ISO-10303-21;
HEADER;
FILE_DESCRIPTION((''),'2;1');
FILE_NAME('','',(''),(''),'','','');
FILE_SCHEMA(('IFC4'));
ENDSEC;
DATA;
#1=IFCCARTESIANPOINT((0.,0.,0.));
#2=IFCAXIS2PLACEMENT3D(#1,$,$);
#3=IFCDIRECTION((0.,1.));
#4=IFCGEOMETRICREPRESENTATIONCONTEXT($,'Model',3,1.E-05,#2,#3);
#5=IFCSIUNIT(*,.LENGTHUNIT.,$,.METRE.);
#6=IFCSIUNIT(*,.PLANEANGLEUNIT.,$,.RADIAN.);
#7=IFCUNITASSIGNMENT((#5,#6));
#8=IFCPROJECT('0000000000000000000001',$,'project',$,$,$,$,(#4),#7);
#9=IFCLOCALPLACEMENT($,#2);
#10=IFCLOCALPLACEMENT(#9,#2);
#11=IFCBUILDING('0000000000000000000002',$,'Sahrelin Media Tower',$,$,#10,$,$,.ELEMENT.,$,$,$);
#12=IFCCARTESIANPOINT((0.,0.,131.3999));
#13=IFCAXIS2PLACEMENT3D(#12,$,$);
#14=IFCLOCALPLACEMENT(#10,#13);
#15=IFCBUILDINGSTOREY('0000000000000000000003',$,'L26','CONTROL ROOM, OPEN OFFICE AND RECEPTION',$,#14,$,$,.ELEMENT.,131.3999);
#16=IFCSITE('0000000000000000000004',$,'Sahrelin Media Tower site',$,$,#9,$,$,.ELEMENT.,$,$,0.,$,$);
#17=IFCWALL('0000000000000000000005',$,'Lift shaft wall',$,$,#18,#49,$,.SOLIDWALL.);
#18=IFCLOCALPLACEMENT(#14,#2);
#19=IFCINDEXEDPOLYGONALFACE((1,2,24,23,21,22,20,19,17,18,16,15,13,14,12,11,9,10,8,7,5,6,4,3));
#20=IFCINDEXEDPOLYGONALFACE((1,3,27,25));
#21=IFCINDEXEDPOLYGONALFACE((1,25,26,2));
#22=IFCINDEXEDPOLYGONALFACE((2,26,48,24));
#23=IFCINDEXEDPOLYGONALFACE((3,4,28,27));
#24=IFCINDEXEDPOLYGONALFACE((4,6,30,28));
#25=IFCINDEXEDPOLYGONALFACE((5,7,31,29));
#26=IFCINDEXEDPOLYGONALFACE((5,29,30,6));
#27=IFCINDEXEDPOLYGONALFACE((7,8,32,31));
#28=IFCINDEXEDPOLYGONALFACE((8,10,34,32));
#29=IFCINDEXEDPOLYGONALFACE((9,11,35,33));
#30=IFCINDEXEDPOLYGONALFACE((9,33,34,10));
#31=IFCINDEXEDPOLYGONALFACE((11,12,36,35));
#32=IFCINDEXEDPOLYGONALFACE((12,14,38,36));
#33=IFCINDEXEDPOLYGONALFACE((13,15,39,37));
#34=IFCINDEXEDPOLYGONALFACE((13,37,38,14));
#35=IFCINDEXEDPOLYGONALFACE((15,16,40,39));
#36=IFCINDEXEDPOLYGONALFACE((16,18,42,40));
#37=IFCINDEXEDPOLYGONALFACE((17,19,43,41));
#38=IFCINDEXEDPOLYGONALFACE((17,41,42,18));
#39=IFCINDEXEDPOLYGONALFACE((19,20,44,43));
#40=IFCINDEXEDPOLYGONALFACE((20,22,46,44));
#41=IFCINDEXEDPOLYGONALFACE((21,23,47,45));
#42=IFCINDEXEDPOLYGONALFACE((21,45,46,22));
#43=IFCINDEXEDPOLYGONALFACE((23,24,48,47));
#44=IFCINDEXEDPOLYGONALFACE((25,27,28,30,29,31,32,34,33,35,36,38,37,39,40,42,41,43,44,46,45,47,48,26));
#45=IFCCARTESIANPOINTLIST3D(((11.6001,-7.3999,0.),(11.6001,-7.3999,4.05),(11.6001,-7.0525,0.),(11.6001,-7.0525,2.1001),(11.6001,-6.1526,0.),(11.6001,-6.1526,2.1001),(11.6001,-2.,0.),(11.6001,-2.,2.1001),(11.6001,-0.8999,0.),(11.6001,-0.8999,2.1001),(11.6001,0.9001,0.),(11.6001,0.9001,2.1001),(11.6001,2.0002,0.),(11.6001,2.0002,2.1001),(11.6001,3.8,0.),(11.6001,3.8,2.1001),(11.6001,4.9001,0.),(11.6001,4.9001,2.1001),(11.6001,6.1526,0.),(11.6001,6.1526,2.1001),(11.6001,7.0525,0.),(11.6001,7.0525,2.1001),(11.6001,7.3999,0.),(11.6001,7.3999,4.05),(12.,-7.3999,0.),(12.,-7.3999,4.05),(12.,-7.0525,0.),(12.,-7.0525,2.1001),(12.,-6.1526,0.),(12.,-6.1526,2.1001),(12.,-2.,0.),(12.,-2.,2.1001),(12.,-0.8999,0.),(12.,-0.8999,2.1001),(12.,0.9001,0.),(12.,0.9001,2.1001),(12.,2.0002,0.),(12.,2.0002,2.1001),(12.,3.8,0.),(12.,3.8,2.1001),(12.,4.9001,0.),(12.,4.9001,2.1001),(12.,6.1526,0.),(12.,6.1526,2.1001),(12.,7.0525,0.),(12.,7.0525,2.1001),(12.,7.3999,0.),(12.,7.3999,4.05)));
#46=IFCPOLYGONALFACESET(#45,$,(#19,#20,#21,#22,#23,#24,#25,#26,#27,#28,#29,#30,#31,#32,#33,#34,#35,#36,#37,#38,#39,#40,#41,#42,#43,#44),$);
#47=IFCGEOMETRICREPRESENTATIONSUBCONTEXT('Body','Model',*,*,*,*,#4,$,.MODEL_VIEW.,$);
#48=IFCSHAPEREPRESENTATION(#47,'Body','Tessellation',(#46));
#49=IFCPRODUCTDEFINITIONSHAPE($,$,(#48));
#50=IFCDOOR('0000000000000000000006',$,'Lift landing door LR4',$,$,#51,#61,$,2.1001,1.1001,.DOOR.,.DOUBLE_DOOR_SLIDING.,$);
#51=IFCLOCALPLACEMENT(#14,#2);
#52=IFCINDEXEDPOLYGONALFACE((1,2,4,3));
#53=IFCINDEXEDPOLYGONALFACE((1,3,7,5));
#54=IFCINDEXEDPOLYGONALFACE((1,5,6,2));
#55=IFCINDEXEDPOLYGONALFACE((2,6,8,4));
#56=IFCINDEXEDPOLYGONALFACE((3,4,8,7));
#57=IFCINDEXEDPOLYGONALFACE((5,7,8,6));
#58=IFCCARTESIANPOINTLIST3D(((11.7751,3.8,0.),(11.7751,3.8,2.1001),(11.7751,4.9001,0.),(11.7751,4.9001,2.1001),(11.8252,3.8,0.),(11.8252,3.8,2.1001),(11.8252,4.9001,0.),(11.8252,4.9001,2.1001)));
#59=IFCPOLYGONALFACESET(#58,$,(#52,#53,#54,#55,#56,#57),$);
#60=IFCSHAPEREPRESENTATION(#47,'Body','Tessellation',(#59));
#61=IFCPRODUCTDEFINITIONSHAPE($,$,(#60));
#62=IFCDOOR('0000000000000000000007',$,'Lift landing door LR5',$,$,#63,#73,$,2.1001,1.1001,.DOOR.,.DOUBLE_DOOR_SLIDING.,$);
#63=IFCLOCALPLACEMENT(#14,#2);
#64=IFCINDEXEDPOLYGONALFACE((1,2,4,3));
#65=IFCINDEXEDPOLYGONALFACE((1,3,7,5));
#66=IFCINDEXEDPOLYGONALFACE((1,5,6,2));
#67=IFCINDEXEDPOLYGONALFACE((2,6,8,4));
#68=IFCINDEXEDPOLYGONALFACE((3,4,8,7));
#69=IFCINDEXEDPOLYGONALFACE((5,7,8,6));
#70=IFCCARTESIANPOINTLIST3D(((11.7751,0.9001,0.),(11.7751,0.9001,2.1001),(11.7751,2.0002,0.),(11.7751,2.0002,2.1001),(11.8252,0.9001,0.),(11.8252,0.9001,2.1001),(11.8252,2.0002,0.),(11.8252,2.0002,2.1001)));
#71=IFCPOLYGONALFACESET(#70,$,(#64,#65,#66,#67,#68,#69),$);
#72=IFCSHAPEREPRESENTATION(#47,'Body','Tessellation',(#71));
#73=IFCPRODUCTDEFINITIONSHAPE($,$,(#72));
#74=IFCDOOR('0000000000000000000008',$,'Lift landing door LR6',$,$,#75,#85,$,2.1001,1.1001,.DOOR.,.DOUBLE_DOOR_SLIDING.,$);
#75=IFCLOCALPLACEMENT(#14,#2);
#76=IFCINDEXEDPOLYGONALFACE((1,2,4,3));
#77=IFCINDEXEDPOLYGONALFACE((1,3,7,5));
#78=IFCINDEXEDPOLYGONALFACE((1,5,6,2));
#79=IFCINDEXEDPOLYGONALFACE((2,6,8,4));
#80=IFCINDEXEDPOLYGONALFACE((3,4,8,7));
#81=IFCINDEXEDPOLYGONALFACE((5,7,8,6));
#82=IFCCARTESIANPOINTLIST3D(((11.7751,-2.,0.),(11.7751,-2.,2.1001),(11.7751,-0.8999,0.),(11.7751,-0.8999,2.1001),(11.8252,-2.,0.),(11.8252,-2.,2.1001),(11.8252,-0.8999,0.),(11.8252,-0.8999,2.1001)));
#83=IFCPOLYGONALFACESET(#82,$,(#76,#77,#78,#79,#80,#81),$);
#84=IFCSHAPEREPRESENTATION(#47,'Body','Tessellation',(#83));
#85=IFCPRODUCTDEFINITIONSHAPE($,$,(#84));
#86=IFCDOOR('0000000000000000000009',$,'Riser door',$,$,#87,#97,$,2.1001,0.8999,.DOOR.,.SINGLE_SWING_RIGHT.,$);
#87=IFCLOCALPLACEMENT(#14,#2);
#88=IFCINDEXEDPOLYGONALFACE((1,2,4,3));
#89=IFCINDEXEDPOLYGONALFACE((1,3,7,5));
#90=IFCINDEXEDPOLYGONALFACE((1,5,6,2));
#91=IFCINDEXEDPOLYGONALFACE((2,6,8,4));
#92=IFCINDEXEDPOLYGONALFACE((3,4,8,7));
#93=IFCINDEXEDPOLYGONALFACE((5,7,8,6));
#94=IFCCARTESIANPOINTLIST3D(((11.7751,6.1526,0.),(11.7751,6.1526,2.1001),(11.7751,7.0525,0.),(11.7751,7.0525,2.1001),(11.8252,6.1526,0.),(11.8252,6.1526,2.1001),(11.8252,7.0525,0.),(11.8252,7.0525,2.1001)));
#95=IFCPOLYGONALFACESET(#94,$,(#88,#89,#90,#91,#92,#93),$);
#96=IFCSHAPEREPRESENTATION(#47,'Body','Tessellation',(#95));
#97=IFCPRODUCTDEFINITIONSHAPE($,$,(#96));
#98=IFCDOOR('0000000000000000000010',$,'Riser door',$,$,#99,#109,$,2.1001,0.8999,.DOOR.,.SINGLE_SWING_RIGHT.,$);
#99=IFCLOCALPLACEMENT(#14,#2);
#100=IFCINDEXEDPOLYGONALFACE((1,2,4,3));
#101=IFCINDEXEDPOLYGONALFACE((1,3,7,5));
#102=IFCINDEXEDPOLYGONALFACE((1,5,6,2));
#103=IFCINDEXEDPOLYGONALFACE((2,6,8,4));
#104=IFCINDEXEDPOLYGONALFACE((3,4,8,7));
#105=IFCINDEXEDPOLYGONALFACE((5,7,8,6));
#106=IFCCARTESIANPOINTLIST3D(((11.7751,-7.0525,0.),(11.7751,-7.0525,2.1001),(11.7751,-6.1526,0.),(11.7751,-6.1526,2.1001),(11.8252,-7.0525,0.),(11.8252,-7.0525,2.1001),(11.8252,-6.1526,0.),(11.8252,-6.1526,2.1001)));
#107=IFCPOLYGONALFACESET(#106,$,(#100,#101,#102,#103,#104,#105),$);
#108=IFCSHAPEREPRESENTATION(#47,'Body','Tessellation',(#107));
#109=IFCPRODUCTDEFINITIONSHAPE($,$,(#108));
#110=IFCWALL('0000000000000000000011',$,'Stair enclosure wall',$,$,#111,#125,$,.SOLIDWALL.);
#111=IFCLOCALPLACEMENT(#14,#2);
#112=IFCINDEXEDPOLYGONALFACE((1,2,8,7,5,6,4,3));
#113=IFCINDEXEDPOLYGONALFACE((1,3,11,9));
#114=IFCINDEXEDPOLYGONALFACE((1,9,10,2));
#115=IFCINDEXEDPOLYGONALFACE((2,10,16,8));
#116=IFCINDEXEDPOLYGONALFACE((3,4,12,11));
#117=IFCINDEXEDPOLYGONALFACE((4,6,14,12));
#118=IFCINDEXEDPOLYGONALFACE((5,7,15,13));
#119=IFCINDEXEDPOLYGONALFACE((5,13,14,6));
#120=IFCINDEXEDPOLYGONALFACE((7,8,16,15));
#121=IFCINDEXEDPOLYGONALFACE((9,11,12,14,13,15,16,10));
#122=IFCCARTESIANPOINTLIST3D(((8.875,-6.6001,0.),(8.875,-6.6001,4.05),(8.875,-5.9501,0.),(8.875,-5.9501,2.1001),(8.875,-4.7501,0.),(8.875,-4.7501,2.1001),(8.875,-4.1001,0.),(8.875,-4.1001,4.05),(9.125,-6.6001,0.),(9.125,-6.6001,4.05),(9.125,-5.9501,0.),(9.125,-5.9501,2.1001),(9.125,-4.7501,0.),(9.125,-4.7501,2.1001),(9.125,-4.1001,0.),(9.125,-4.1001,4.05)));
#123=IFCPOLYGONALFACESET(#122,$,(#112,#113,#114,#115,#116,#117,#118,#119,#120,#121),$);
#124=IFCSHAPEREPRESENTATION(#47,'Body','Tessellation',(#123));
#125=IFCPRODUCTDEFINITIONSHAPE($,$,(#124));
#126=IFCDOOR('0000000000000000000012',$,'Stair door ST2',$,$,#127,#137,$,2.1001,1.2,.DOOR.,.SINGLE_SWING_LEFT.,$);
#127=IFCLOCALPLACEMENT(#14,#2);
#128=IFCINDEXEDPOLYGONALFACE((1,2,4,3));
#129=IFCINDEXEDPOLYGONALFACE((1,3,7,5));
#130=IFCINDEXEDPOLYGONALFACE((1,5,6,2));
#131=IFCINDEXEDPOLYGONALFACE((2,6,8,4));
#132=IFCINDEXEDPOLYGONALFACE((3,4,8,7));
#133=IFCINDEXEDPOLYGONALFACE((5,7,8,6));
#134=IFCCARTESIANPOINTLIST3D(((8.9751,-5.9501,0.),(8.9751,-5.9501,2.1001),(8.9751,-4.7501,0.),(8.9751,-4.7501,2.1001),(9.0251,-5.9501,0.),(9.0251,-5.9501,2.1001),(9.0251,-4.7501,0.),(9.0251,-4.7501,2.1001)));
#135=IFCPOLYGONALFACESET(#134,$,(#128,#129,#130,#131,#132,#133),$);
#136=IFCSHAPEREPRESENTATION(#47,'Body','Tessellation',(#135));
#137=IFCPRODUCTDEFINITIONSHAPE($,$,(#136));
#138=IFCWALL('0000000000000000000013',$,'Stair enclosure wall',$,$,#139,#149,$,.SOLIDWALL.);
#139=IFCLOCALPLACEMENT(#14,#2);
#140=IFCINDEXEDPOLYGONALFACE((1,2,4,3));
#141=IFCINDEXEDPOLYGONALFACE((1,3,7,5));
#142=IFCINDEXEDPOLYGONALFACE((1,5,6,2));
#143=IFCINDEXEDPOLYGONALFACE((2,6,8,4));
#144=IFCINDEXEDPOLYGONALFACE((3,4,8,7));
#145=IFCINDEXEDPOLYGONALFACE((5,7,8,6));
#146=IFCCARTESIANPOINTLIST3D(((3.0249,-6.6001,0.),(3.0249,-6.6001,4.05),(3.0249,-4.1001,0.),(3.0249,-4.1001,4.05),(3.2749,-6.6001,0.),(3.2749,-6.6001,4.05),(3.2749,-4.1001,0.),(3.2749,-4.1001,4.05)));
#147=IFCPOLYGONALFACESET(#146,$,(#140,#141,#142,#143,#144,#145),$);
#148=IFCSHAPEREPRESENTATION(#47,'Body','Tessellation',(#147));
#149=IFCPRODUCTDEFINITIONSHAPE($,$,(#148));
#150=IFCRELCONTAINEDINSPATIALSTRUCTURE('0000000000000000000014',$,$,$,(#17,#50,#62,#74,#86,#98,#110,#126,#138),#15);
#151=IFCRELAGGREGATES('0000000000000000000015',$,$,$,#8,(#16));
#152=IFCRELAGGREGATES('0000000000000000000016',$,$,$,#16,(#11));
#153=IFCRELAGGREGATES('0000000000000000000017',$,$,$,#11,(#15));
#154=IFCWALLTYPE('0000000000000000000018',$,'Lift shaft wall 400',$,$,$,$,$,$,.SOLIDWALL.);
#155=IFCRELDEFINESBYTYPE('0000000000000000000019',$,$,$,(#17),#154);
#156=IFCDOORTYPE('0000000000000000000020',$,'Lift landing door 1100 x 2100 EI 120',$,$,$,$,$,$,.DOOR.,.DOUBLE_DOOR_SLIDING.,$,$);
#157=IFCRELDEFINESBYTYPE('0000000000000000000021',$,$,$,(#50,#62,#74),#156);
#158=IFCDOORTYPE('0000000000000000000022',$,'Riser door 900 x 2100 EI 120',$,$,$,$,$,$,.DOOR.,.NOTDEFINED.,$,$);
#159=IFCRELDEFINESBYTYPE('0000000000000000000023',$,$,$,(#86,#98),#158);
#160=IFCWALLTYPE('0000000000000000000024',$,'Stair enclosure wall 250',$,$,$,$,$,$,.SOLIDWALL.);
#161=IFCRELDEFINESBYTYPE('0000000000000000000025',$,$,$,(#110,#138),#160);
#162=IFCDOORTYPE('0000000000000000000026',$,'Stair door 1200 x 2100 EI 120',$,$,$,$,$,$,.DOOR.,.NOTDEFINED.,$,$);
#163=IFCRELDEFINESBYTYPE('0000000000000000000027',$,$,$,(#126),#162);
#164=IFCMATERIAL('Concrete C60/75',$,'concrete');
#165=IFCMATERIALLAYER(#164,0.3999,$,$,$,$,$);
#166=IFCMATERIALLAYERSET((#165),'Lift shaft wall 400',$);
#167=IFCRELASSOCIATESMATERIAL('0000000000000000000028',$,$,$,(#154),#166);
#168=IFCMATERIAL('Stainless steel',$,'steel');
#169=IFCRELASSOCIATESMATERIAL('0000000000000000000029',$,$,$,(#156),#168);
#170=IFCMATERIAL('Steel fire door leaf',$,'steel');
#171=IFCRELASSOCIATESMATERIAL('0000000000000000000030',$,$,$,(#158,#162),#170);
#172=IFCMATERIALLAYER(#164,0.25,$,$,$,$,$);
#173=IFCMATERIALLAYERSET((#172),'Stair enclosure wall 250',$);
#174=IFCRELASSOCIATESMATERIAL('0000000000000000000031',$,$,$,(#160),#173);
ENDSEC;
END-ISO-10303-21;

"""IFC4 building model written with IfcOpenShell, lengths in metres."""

from ifc_helpers import new_model, si_unit, direction, frame, frame_2d, origin, place, context, subcontext, project, spatial, rectangle, extrude, material, layer, layer_set, type_object, element, fill, save


model = new_model("IFC4")

# Units and contexts
model_context = context("Model", 3, precision=1e-05, world=origin(), true_north=direction((0.0, 1.0)))
body_context = subcontext(model_context, "Body", "Model", "MODEL_VIEW")
ifc_project = project(units=[si_unit("LENGTHUNIT", "METRE"), si_unit("PLANEANGLEUNIT", "RADIAN")], contexts=[model_context])

# Site, building, storey
site_placement = place(None, origin())
site = spatial("IfcSite", under=ifc_project, at=site_placement, Name="Sahrelin Media Tower site", CompositionType="ELEMENT", RefElevation=0.0)
building_placement = place(site_placement, origin())
building = spatial("IfcBuilding", under=site, at=building_placement, Name="Sahrelin Media Tower", CompositionType="ELEMENT")
storey_placement = place(building_placement, frame((0.0, 0.0, 131.3999)))
storey = spatial("IfcBuildingStorey", under=building, at=storey_placement, Name="L26", Description="CONTROL ROOM, OPEN OFFICE AND RECEPTION", CompositionType="ELEMENT", Elevation=131.3999)

# Shared definitions
ifc_material_1 = material(Name="Concrete C60/75", Category="concrete")

# Wall, openings, doors
ifc_layer_1 = layer(ifc_material_1, 0.3999)
ifc_layer_set_1 = layer_set([ifc_layer_1], Name="Lift shaft wall 400")
wall_type_1 = type_object("IfcWallType", Name="Lift shaft wall 400", PredefinedType="SOLIDWALL", material=ifc_layer_set_1)
wall_1_placement = place(storey_placement, frame((11.8, -7.3999, 0.0), z_axis=(0.0, 0.0, 1.0), x_axis=(0.0, 1.0, 0.0)))
wall_1 = element("IfcWall", 1, at=wall_1_placement, inside=storey, type_object=wall_type_1, Name="Lift shaft wall", PredefinedType="SOLIDWALL", context=body_context, shape_type="SweptSolid", body=[
    extrude(rectangle(XDim=14.7998, YDim=0.3999, at=frame_2d((7.3999, 0.0))), origin(), (0.0, 0.0, 1.0), 4.05),
])
opening_1_placement = place(wall_1_placement, frame((11.2, 0.0, 0.0)))
opening_1 = element("IfcOpeningElement", 2, at=opening_1_placement, cuts=wall_1, PredefinedType="OPENING", context=body_context, shape_type="SweptSolid", body=[
    extrude(rectangle(XDim=1.1001, YDim=2.1001, at=frame_2d((0.55, 1.05))), frame((0.0, 0.2, 0.0), z_axis=(0.0, -1.0, 0.0), x_axis=(1.0, 0.0, 0.0)), (0.0, 0.0, 1.0), 0.3999),
])
opening_2_placement = place(wall_1_placement, frame((8.3, 0.0, 0.0)))
opening_2 = element("IfcOpeningElement", 3, at=opening_2_placement, cuts=wall_1, PredefinedType="OPENING", context=body_context, shape_type="SweptSolid", body=[
    extrude(rectangle(XDim=1.1001, YDim=2.1001, at=frame_2d((0.55, 1.05))), frame((0.0, 0.2, 0.0), z_axis=(0.0, -1.0, 0.0), x_axis=(1.0, 0.0, 0.0)), (0.0, 0.0, 1.0), 0.3999),
])
opening_3_placement = place(wall_1_placement, frame((5.3999, 0.0, 0.0)))
opening_3 = element("IfcOpeningElement", 4, at=opening_3_placement, cuts=wall_1, PredefinedType="OPENING", context=body_context, shape_type="SweptSolid", body=[
    extrude(rectangle(XDim=1.1001, YDim=2.1001, at=frame_2d((0.55, 1.05))), frame((0.0, 0.2, 0.0), z_axis=(0.0, -1.0, 0.0), x_axis=(1.0, 0.0, 0.0)), (0.0, 0.0, 1.0), 0.3999),
])
opening_4_placement = place(wall_1_placement, frame((13.5525, 0.0, 0.0)))
opening_4 = element("IfcOpeningElement", 5, at=opening_4_placement, cuts=wall_1, PredefinedType="OPENING", context=body_context, shape_type="SweptSolid", body=[
    extrude(rectangle(XDim=0.8999, YDim=2.1001, at=frame_2d((0.45, 1.05))), frame((0.0, 0.2, 0.0), z_axis=(0.0, -1.0, 0.0), x_axis=(1.0, 0.0, 0.0)), (0.0, 0.0, 1.0), 0.3999),
])
opening_5_placement = place(wall_1_placement, frame((0.3474, 0.0, 0.0)))
opening_5 = element("IfcOpeningElement", 6, at=opening_5_placement, cuts=wall_1, PredefinedType="OPENING", context=body_context, shape_type="SweptSolid", body=[
    extrude(rectangle(XDim=0.8999, YDim=2.1001, at=frame_2d((0.45, 1.05))), frame((0.0, 0.2, 0.0), z_axis=(0.0, -1.0, 0.0), x_axis=(1.0, 0.0, 0.0)), (0.0, 0.0, 1.0), 0.3999),
])
ifc_material_2 = material(Name="Stainless steel", Category="steel")
door_type_1 = type_object("IfcDoorType", Name="Lift landing door 1100 x 2100 EI 120", OperationType="DOUBLE_DOOR_SLIDING", PredefinedType="DOOR", material=ifc_material_2)
door_1_placement = place(opening_1_placement, origin())
door_1 = element("IfcDoor", 7, at=door_1_placement, inside=storey, type_object=door_type_1, Name="Lift landing door LR4", OperationType="DOUBLE_DOOR_SLIDING", OverallHeight=2.1001, OverallWidth=1.1001, PredefinedType="DOOR", context=body_context, shape_type="SweptSolid", body=[
    extrude(rectangle(XDim=1.1001, YDim=2.1001, at=frame_2d((0.55, 1.05))), frame((0.0, 0.0249, 0.0), z_axis=(0.0, -1.0, 0.0), x_axis=(1.0, 0.0, 0.0)), (0.0, 0.0, 1.0), 0.05),
])
fill(opening_1, door_1)
door_2_placement = place(opening_2_placement, origin())
door_2 = element("IfcDoor", 8, at=door_2_placement, inside=storey, type_object=door_type_1, Name="Lift landing door LR5", OperationType="DOUBLE_DOOR_SLIDING", OverallHeight=2.1001, OverallWidth=1.1001, PredefinedType="DOOR", context=body_context, shape_type="SweptSolid", body=[
    extrude(rectangle(XDim=1.1001, YDim=2.1001, at=frame_2d((0.55, 1.05))), frame((0.0, 0.0249, 0.0), z_axis=(0.0, -1.0, 0.0), x_axis=(1.0, 0.0, 0.0)), (0.0, 0.0, 1.0), 0.05),
])
fill(opening_2, door_2)
door_3_placement = place(opening_3_placement, origin())
door_3 = element("IfcDoor", 9, at=door_3_placement, inside=storey, type_object=door_type_1, Name="Lift landing door LR6", OperationType="DOUBLE_DOOR_SLIDING", OverallHeight=2.1001, OverallWidth=1.1001, PredefinedType="DOOR", context=body_context, shape_type="SweptSolid", body=[
    extrude(rectangle(XDim=1.1001, YDim=2.1001, at=frame_2d((0.55, 1.05))), frame((0.0, 0.0249, 0.0), z_axis=(0.0, -1.0, 0.0), x_axis=(1.0, 0.0, 0.0)), (0.0, 0.0, 1.0), 0.05),
])
fill(opening_3, door_3)
ifc_material_3 = material(Name="Steel fire door leaf", Category="steel")
door_type_2 = type_object("IfcDoorType", Name="Riser door 900 x 2100 EI 120", OperationType="NOTDEFINED", PredefinedType="DOOR", material=ifc_material_3)
door_4_placement = place(opening_4_placement, origin())
door_4 = element("IfcDoor", 10, at=door_4_placement, inside=storey, type_object=door_type_2, Name="Riser door", OperationType="SINGLE_SWING_RIGHT", OverallHeight=2.1001, OverallWidth=0.8999, PredefinedType="DOOR", context=body_context, shape_type="SweptSolid", body=[
    extrude(rectangle(XDim=0.8999, YDim=2.1001, at=frame_2d((0.45, 1.05))), frame((0.0, 0.0249, 0.0), z_axis=(0.0, -1.0, 0.0), x_axis=(1.0, 0.0, 0.0)), (0.0, 0.0, 1.0), 0.05),
])
fill(opening_4, door_4)
door_5_placement = place(opening_5_placement, origin())
door_5 = element("IfcDoor", 11, at=door_5_placement, inside=storey, type_object=door_type_2, Name="Riser door", OperationType="SINGLE_SWING_RIGHT", OverallHeight=2.1001, OverallWidth=0.8999, PredefinedType="DOOR", context=body_context, shape_type="SweptSolid", body=[
    extrude(rectangle(XDim=0.8999, YDim=2.1001, at=frame_2d((0.45, 1.05))), frame((0.0, 0.0249, 0.0), z_axis=(0.0, -1.0, 0.0), x_axis=(1.0, 0.0, 0.0)), (0.0, 0.0, 1.0), 0.05),
])
fill(opening_5, door_5)

# Wall, opening, door
ifc_layer_2 = layer(ifc_material_1, 0.25)
ifc_layer_set_2 = layer_set([ifc_layer_2], Name="Stair enclosure wall 250")
wall_type_2 = type_object("IfcWallType", Name="Stair enclosure wall 250", PredefinedType="SOLIDWALL", material=ifc_layer_set_2)
wall_2_placement = place(storey_placement, frame((9.0, -6.6001, 0.0), z_axis=(0.0, 0.0, 1.0), x_axis=(0.0, 1.0, 0.0)))
wall_2 = element("IfcWall", 12, at=wall_2_placement, inside=storey, type_object=wall_type_2, Name="Stair enclosure wall", PredefinedType="SOLIDWALL", context=body_context, shape_type="SweptSolid", body=[
    extrude(rectangle(XDim=2.5, YDim=0.25, at=frame_2d((1.25, 0.0))), origin(), (0.0, 0.0, 1.0), 4.05),
])
opening_6_placement = place(wall_2_placement, frame((0.6499, 0.0, 0.0)))
opening_6 = element("IfcOpeningElement", 13, at=opening_6_placement, cuts=wall_2, PredefinedType="OPENING", context=body_context, shape_type="SweptSolid", body=[
    extrude(rectangle(XDim=1.2, YDim=2.1001, at=frame_2d((0.6001, 1.05))), frame((0.0, 0.125, 0.0), z_axis=(0.0, -1.0, 0.0), x_axis=(1.0, 0.0, 0.0)), (0.0, 0.0, 1.0), 0.25),
])
door_type_3 = type_object("IfcDoorType", Name="Stair door 1200 x 2100 EI 120", OperationType="NOTDEFINED", PredefinedType="DOOR", material=ifc_material_3)
door_6_placement = place(opening_6_placement, origin())
door_6 = element("IfcDoor", 14, at=door_6_placement, inside=storey, type_object=door_type_3, Name="Stair door ST2", OperationType="SINGLE_SWING_LEFT", OverallHeight=2.1001, OverallWidth=1.2, PredefinedType="DOOR", context=body_context, shape_type="SweptSolid", body=[
    extrude(rectangle(XDim=1.2, YDim=2.1001, at=frame_2d((0.6001, 1.05))), frame((0.0, 0.0249, 0.0), z_axis=(0.0, -1.0, 0.0), x_axis=(1.0, 0.0, 0.0)), (0.0, 0.0, 1.0), 0.05),
])
fill(opening_6, door_6)

# Wall
wall_3_placement = place(storey_placement, frame((3.1499, -6.6001, 0.0), z_axis=(0.0, 0.0, 1.0), x_axis=(0.0, 1.0, 0.0)))
element("IfcWall", 15, at=wall_3_placement, inside=storey, type_object=wall_type_2, Name="Stair enclosure wall", PredefinedType="SOLIDWALL", context=body_context, shape_type="SweptSolid", body=[
    extrude(rectangle(XDim=2.5, YDim=0.25, at=frame_2d((1.25, 0.0))), origin(), (0.0, 0.0, 1.0), 4.05),
])

save(model, "model.ifc")
